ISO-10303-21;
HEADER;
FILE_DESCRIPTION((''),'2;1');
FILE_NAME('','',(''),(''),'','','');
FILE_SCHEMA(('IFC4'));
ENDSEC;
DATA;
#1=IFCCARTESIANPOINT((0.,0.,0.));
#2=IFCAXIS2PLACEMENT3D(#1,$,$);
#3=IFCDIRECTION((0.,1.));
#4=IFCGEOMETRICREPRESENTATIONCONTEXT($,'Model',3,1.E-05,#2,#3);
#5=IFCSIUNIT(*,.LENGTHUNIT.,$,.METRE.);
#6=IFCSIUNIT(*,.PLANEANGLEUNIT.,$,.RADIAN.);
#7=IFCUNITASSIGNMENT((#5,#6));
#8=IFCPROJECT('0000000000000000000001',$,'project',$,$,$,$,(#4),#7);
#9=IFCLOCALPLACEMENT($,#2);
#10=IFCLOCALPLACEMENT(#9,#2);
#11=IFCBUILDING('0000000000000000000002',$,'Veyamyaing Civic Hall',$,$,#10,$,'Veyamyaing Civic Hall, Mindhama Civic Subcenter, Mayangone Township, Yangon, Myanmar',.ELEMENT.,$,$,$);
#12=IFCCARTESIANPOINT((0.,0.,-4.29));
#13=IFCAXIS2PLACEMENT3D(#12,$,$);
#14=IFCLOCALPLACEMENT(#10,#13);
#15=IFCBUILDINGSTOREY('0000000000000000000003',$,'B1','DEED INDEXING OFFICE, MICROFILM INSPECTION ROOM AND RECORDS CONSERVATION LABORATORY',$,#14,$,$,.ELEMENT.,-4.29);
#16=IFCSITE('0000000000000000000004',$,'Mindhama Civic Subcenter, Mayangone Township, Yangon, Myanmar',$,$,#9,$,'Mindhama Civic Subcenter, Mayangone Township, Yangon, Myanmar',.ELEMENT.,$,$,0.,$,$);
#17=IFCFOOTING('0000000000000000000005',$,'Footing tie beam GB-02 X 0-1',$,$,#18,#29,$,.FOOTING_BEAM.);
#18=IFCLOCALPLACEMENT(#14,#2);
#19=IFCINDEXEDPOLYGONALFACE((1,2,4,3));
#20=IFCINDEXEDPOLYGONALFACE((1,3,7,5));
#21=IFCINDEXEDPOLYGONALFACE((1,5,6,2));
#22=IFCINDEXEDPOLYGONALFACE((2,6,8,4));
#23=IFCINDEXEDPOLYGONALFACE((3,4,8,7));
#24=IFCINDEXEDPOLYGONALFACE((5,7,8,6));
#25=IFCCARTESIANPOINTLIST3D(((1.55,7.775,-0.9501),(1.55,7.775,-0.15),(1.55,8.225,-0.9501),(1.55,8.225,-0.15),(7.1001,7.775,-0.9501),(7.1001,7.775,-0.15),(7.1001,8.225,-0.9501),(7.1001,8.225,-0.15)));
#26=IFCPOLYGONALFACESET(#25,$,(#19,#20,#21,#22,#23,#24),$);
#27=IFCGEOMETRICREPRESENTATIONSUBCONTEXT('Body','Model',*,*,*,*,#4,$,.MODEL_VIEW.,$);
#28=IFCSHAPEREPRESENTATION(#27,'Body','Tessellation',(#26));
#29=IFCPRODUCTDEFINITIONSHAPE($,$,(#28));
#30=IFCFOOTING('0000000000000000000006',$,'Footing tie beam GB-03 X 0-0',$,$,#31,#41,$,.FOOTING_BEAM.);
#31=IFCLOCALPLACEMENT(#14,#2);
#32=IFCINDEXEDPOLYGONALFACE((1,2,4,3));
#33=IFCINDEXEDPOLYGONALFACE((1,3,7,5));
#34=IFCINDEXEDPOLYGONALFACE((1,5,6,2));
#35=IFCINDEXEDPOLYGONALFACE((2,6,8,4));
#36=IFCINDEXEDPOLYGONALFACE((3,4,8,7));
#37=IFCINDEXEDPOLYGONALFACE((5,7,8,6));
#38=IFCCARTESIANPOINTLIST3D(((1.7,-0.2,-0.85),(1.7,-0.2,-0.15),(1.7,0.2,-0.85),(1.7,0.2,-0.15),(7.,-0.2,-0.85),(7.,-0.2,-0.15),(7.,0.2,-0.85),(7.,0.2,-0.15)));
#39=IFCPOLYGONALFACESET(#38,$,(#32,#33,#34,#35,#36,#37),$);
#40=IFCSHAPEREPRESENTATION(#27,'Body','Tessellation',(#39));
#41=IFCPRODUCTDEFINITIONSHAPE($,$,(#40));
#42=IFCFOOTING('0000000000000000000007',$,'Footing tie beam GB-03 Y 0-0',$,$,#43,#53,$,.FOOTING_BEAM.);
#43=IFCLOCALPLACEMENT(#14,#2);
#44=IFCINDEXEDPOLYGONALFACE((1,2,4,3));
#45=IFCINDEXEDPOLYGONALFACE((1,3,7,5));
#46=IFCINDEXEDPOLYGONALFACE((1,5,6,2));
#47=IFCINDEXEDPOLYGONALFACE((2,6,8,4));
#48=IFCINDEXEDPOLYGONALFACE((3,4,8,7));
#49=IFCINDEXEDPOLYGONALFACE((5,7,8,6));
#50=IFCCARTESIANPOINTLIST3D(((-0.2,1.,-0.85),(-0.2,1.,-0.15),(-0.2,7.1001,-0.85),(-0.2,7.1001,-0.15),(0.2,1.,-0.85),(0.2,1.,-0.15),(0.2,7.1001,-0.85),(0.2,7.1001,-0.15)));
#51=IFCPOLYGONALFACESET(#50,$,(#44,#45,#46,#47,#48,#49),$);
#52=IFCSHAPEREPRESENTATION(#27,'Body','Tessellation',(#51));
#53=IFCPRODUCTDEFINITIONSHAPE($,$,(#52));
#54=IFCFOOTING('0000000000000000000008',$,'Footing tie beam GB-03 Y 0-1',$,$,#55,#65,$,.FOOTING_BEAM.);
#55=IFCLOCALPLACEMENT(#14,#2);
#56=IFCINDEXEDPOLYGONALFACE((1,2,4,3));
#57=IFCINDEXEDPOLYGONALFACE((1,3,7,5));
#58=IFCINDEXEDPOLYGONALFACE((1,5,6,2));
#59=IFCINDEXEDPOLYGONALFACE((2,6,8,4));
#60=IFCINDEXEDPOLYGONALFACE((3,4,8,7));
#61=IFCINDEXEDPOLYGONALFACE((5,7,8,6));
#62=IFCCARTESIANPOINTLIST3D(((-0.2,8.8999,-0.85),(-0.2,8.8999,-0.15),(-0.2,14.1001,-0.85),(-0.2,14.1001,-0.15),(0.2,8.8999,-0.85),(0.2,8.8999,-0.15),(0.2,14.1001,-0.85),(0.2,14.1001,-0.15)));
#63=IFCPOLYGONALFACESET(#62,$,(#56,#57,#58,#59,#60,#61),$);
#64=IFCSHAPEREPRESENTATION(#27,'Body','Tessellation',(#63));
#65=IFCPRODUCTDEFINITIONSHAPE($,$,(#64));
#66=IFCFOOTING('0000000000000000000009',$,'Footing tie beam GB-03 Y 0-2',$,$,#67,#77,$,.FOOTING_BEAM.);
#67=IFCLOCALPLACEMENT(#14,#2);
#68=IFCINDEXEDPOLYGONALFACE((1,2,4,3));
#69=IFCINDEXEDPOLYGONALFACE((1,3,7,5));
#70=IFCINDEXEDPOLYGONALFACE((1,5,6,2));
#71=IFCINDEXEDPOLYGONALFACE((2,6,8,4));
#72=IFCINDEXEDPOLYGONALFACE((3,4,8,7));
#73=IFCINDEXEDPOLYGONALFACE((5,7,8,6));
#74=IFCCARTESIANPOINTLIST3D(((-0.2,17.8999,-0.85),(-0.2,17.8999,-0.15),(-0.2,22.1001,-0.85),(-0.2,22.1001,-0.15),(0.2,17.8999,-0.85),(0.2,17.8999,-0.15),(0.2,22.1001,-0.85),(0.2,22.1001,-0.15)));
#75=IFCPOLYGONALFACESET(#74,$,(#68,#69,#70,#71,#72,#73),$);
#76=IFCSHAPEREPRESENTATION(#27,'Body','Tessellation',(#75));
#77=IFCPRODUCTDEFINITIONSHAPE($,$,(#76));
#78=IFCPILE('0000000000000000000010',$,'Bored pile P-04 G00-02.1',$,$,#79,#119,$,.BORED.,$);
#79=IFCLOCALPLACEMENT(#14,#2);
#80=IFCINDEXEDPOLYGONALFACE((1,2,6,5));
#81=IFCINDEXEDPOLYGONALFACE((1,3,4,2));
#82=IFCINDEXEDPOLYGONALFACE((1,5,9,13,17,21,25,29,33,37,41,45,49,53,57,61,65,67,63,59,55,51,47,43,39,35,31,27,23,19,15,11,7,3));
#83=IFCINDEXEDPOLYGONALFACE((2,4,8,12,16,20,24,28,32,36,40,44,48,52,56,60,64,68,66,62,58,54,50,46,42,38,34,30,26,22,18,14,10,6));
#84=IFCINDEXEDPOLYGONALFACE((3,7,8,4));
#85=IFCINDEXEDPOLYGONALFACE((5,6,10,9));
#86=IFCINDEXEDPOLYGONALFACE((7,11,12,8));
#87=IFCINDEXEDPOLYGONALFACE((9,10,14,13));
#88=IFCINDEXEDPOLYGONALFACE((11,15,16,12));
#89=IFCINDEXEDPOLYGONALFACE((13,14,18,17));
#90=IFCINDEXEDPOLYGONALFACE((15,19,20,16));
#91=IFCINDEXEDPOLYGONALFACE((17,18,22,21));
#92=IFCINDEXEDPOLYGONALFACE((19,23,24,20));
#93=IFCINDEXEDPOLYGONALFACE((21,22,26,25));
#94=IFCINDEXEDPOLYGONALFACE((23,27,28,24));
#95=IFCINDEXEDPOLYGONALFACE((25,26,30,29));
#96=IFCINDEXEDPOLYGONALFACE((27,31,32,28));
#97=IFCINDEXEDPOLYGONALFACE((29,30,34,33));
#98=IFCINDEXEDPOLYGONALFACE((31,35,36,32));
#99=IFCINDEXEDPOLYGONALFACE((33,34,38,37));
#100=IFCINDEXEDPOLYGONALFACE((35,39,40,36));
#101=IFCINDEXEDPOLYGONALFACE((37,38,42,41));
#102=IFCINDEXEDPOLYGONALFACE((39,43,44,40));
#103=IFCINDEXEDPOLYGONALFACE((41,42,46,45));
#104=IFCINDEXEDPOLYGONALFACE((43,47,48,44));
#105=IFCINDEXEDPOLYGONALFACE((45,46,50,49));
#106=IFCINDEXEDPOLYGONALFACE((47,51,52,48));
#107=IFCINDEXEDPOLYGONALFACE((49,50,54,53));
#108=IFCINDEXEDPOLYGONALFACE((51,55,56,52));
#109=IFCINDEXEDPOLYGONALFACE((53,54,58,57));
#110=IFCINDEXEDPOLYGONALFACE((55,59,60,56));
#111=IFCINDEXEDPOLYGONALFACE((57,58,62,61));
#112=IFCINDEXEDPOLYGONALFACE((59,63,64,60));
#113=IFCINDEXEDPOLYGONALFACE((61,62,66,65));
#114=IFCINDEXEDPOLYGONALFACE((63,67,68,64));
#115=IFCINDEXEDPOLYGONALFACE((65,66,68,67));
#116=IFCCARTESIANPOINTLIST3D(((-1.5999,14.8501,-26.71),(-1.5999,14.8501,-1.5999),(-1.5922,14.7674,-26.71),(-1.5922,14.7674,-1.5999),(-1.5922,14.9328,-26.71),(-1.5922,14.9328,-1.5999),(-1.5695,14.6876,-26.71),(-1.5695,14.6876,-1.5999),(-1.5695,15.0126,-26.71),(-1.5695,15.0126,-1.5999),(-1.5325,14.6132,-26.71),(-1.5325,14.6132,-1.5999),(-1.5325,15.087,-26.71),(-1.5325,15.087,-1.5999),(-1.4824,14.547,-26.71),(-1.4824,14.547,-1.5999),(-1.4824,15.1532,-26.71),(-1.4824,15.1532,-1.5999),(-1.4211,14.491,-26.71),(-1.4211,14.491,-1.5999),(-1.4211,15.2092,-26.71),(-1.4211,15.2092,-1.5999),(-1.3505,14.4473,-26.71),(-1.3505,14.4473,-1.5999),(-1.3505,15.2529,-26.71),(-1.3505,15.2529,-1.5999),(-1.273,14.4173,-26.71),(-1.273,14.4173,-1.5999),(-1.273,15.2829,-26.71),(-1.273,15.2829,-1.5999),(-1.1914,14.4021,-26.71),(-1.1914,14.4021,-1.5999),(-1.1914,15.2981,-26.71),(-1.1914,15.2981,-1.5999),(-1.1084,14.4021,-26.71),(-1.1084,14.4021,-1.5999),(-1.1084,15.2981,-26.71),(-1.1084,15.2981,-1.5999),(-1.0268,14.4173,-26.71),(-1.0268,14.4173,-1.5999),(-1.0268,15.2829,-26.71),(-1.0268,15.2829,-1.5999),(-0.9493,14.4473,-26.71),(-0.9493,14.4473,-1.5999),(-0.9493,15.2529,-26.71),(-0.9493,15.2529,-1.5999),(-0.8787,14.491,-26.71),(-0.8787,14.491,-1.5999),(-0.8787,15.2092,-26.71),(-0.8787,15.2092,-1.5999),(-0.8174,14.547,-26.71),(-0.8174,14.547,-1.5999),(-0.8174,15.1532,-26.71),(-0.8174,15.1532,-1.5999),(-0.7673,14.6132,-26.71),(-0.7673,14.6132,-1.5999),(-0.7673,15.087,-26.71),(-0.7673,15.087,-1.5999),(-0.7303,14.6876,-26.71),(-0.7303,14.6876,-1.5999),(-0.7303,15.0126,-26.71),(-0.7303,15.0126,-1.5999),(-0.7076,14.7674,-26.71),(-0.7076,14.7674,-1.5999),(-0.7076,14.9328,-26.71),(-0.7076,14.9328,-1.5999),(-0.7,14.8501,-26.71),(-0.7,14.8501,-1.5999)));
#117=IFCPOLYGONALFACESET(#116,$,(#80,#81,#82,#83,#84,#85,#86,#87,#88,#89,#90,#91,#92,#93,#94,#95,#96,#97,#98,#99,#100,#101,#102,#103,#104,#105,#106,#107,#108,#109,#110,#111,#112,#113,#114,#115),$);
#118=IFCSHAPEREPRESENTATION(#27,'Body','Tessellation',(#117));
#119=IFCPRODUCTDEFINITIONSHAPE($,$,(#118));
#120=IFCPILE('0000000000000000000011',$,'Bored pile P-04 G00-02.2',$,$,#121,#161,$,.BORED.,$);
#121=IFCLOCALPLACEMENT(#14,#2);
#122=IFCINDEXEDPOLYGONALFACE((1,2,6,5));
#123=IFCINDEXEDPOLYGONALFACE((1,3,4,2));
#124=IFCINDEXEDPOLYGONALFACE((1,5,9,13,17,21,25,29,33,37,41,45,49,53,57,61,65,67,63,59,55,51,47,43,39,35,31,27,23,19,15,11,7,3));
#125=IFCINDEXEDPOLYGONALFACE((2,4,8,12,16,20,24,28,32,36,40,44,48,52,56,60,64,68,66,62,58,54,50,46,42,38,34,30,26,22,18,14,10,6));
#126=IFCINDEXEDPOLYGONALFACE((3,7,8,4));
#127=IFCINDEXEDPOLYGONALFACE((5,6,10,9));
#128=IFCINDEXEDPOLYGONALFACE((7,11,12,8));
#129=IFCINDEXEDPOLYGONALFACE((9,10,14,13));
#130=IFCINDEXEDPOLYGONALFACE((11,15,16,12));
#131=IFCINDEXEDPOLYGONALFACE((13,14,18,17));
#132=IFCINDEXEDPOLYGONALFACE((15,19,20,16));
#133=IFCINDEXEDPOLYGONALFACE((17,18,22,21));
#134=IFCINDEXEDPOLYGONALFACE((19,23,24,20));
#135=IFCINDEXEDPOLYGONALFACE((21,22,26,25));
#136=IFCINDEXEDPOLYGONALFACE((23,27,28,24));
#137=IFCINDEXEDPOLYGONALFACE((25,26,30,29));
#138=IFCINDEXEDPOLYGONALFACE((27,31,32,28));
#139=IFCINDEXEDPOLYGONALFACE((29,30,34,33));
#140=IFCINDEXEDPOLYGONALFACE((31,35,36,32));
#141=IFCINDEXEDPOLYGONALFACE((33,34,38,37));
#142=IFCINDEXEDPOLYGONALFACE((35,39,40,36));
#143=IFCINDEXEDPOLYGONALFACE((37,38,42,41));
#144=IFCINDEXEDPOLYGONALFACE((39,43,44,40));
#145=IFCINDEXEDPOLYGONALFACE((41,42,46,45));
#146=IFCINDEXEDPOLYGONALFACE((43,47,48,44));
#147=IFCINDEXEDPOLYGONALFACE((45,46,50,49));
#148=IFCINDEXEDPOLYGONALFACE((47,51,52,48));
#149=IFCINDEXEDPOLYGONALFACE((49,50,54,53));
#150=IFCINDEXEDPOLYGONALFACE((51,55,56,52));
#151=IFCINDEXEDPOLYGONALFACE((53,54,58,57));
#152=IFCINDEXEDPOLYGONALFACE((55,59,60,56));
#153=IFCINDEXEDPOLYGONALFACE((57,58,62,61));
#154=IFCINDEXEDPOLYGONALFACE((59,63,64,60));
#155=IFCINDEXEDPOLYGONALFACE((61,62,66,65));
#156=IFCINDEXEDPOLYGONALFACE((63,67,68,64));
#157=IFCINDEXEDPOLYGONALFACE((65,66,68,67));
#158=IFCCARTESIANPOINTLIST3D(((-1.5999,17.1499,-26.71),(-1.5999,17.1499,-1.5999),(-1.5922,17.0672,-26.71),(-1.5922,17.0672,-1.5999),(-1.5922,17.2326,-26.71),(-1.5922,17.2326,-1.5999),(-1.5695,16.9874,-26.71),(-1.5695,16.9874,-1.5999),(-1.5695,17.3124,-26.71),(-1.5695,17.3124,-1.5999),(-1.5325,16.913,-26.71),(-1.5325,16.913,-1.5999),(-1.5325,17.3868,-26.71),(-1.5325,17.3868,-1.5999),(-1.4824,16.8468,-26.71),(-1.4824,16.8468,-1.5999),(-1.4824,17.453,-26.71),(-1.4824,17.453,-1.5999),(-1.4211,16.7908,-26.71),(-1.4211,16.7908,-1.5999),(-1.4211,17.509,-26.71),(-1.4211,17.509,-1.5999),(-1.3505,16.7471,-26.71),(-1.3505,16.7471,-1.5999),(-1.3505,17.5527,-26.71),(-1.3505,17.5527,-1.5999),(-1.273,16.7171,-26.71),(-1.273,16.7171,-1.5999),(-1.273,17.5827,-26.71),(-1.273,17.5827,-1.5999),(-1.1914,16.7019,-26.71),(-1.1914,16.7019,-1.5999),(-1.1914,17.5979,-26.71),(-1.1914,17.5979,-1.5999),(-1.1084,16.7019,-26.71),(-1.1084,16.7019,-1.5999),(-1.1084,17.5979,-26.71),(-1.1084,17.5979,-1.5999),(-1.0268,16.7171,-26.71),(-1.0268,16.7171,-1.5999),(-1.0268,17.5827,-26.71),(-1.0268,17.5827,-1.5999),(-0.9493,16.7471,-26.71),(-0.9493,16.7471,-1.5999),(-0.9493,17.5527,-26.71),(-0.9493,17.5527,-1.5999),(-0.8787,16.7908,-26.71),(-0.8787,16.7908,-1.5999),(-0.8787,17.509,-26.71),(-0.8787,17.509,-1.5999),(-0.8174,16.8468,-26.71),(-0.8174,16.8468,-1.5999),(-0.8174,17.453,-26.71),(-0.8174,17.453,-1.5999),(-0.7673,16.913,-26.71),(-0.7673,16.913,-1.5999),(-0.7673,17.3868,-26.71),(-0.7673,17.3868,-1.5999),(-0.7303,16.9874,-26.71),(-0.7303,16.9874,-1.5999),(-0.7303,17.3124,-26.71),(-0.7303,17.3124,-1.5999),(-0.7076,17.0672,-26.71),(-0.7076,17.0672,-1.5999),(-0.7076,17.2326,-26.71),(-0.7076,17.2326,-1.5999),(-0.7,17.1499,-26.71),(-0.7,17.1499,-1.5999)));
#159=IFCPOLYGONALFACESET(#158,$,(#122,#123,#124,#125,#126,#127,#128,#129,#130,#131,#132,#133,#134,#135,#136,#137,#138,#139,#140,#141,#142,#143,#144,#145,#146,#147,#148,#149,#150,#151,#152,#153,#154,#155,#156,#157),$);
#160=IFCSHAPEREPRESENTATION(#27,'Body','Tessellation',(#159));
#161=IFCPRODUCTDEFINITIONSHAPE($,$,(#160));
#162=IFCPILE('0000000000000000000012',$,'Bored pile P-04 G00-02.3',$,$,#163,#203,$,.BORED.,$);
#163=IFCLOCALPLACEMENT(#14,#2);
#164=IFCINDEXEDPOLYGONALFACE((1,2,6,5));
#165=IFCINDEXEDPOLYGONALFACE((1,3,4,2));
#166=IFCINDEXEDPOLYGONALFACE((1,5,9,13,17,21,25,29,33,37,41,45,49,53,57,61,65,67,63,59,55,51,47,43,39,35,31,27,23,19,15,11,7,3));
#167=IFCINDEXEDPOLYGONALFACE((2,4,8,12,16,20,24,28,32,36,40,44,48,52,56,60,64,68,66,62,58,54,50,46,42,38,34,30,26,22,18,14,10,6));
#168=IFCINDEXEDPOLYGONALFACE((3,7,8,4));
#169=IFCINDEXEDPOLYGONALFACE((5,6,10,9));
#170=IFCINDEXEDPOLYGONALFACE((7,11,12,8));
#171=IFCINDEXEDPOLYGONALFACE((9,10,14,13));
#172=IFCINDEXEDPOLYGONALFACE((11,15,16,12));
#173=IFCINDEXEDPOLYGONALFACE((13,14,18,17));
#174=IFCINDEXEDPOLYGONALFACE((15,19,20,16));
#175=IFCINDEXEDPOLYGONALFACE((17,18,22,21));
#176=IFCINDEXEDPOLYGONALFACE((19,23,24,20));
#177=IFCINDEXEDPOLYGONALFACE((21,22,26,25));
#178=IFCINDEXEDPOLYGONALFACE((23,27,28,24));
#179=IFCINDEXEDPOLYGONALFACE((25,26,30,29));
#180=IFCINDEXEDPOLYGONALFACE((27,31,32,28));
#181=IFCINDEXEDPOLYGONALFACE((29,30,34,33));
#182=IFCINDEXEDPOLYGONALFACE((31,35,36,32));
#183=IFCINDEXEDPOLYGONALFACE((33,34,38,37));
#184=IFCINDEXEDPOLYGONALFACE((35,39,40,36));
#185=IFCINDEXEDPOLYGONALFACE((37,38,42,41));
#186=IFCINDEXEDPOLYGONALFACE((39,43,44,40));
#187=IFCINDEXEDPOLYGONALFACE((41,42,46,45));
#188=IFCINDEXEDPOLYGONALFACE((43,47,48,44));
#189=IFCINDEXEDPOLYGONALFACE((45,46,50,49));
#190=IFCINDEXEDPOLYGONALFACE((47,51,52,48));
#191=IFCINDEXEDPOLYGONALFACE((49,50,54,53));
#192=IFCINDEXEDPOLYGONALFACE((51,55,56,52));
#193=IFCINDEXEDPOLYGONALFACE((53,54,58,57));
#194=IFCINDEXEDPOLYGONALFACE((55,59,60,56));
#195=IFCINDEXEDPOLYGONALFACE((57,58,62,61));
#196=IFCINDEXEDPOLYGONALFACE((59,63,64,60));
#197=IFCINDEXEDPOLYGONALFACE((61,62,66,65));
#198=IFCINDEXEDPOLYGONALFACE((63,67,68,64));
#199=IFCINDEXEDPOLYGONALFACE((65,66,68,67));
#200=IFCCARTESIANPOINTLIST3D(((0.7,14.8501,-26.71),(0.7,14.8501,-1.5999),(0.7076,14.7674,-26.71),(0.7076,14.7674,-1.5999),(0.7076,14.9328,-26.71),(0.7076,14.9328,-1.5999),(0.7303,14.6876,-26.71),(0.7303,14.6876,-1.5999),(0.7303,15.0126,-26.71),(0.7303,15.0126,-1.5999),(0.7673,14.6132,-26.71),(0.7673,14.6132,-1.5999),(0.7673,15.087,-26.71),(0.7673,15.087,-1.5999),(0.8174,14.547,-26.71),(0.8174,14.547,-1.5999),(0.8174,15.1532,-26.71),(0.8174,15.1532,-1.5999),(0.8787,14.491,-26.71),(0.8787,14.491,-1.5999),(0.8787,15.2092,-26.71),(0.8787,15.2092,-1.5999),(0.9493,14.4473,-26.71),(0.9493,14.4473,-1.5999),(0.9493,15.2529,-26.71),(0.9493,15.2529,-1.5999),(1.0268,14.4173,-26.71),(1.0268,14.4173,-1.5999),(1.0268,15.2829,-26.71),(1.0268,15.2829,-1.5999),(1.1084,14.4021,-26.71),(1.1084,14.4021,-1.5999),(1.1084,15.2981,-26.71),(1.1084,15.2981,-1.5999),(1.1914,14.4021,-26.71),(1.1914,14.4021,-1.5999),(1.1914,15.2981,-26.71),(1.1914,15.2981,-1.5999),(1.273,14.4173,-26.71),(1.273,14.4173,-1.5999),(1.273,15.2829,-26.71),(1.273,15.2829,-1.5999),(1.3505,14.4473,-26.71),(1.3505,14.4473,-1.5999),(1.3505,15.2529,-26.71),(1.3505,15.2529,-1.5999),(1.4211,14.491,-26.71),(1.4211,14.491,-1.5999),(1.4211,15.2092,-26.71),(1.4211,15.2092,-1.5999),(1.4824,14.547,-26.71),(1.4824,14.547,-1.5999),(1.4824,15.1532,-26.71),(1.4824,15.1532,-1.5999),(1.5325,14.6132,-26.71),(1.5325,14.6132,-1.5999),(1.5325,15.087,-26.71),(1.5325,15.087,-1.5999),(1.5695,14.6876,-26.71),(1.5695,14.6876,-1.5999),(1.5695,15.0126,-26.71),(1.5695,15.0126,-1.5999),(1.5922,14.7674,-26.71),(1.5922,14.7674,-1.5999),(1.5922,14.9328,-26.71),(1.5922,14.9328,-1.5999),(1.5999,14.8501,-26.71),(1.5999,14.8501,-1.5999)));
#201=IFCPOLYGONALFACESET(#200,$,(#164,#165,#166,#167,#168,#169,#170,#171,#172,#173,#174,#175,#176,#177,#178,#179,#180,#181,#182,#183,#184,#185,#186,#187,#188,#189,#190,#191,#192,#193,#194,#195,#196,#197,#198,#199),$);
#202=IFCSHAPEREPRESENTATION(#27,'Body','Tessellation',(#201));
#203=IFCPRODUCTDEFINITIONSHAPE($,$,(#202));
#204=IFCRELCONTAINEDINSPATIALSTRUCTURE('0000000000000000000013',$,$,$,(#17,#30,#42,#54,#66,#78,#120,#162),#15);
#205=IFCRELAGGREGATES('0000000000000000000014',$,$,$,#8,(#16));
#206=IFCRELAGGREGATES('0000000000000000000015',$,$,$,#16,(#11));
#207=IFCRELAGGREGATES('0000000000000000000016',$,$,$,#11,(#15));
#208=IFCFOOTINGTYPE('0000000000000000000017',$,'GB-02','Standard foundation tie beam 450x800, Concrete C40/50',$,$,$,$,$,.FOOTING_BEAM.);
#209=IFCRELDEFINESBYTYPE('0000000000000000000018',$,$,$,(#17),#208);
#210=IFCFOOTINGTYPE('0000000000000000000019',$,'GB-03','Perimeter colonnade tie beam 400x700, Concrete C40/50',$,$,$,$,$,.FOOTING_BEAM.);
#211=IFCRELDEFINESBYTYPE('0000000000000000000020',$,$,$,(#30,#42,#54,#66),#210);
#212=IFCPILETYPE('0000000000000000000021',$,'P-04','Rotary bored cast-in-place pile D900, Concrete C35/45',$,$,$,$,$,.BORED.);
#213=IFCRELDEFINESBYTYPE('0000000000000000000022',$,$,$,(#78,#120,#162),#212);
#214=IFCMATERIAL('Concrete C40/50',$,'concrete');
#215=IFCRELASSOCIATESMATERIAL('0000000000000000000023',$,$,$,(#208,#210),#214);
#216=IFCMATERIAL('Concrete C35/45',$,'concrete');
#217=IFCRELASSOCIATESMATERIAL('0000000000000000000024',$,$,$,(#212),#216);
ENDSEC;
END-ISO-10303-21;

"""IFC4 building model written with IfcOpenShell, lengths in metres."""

from ifc_helpers import new_model, si_unit, direction, frame, origin, origin_2d, place, context, subcontext, project, spatial, rectangle, circle, extrude, material, material_profile, profile_set, type_object, element, save


model = new_model("IFC4")

# Units and contexts
model_context = context("Model", 3, precision=1e-05, world=origin(), true_north=direction((0.0, 1.0)))
body_context = subcontext(model_context, "Body", "Model", "MODEL_VIEW")
ifc_project = project(units=[si_unit("LENGTHUNIT", "METRE"), si_unit("PLANEANGLEUNIT", "RADIAN")], contexts=[model_context])

# Site, building, storey
site_placement = place(None, origin())
site = spatial("IfcSite", under=ifc_project, at=site_placement, Name="Mindhama Civic Subcenter, Mayangone Township, Yangon, Myanmar", LongName="Mindhama Civic Subcenter, Mayangone Township, Yangon, Myanmar", CompositionType="ELEMENT", RefElevation=0.0)
building_placement = place(site_placement, origin())
building = spatial("IfcBuilding", under=site, at=building_placement, Name="Veyamyaing Civic Hall", LongName="Veyamyaing Civic Hall, Mindhama Civic Subcenter, Mayangone Township, Yangon, Myanmar", CompositionType="ELEMENT")
storey_placement = place(building_placement, frame((0.0, 0.0, -4.29)))
storey = spatial("IfcBuildingStorey", under=building, at=storey_placement, Name="B1", Description="DEED INDEXING OFFICE, MICROFILM INSPECTION ROOM AND RECORDS CONSERVATION LABORATORY", CompositionType="ELEMENT", Elevation=-4.29)

# Footings
ifc_material_1 = material(Name="Concrete C40/50", Category="concrete")
ifc_material_profile_1 = material_profile(ifc_material_1, rectangle(XDim=0.45, YDim=0.8, at=origin_2d()), Name="GB-450X800")
ifc_profile_set_1 = profile_set([ifc_material_profile_1], Name="Concrete C40/50")
footing_type_1 = type_object("IfcFootingType", Name="GB-02", Description="Standard foundation tie beam 450x800, Concrete C40/50", PredefinedType="FOOTING_BEAM", material=ifc_profile_set_1)
footing_1_placement = place(storey_placement, frame((1.55, 8.0, -0.55), z_axis=(1.0, 0.0, 0.0), x_axis=(0.0, 1.0, 0.0)))
element("IfcFooting", 1, at=footing_1_placement, inside=storey, type_object=footing_type_1, Name="Footing tie beam GB-02 X 0-1", PredefinedType="FOOTING_BEAM", context=body_context, shape_type="SweptSolid", body=[
    extrude(rectangle(XDim=0.45, YDim=0.8, at=origin_2d()), origin(), (0.0, 0.0, 1.0), 5.55),
])
ifc_material_profile_2 = material_profile(ifc_material_1, rectangle(XDim=0.3999, YDim=0.7, at=origin_2d()), Name="GB-400X700")
ifc_profile_set_2 = profile_set([ifc_material_profile_2], Name="Concrete C40/50")
footing_type_2 = type_object("IfcFootingType", Name="GB-03", Description="Perimeter colonnade tie beam 400x700, Concrete C40/50", PredefinedType="FOOTING_BEAM", material=ifc_profile_set_2)
footing_2_placement = place(storey_placement, frame((1.7, 0.0, -0.5), z_axis=(1.0, 0.0, 0.0), x_axis=(0.0, 1.0, 0.0)))
element("IfcFooting", 2, at=footing_2_placement, inside=storey, type_object=footing_type_2, Name="Footing tie beam GB-03 X 0-0", PredefinedType="FOOTING_BEAM", context=body_context, shape_type="SweptSolid", body=[
    extrude(rectangle(XDim=0.3999, YDim=0.7, at=origin_2d()), origin(), (0.0, 0.0, 1.0), 5.3),
])
footing_3_placement = place(storey_placement, frame((0.0, 1.0, -0.5), z_axis=(0.0, 1.0, 0.0), x_axis=(-1.0, 0.0, 0.0)))
element("IfcFooting", 3, at=footing_3_placement, inside=storey, type_object=footing_type_2, Name="Footing tie beam GB-03 Y 0-0", PredefinedType="FOOTING_BEAM", context=body_context, shape_type="SweptSolid", body=[
    extrude(rectangle(XDim=0.3999, YDim=0.7, at=origin_2d()), origin(), (0.0, 0.0, 1.0), 6.1001),
])
footing_4_placement = place(storey_placement, frame((0.0, 8.8999, -0.5), z_axis=(0.0, 1.0, 0.0), x_axis=(-1.0, 0.0, 0.0)))
element("IfcFooting", 4, at=footing_4_placement, inside=storey, type_object=footing_type_2, Name="Footing tie beam GB-03 Y 0-1", PredefinedType="FOOTING_BEAM", context=body_context, shape_type="SweptSolid", body=[
    extrude(rectangle(XDim=0.3999, YDim=0.7, at=origin_2d()), origin(), (0.0, 0.0, 1.0), 5.2002),
])
footing_5_placement = place(storey_placement, frame((0.0, 17.8999, -0.5), z_axis=(0.0, 1.0, 0.0), x_axis=(-1.0, 0.0, 0.0)))
element("IfcFooting", 5, at=footing_5_placement, inside=storey, type_object=footing_type_2, Name="Footing tie beam GB-03 Y 0-2", PredefinedType="FOOTING_BEAM", context=body_context, shape_type="SweptSolid", body=[
    extrude(rectangle(XDim=0.3999, YDim=0.7, at=origin_2d()), origin(), (0.0, 0.0, 1.0), 4.2002),
])

# Piles
ifc_material_2 = material(Name="Concrete C35/45", Category="concrete")
ifc_material_profile_3 = material_profile(ifc_material_2, circle(Radius=0.45, at=origin_2d()), Name="PILE-D900")
ifc_profile_set_3 = profile_set([ifc_material_profile_3], Name="Concrete C35/45")
pile_type_1 = type_object("IfcPileType", Name="P-04", Description="Rotary bored cast-in-place pile D900, Concrete C35/45", PredefinedType="BORED", material=ifc_profile_set_3)
for number, where, z_axis, x_axis, name in (
    (6, (-1.1499, 14.8501, -1.5999), (0.0, 0.0, -1.0), (1.0, 0.0, 0.0), "Bored pile P-04 G00-02.1"),
    (7, (-1.1499, 17.1499, -1.5999), (0.0, 0.0, -1.0), (1.0, 0.0, 0.0), "Bored pile P-04 G00-02.2"),
    (8, (1.1499, 14.8501, -1.5999), (0.0, 0.0, -1.0), (1.0, 0.0, 0.0), "Bored pile P-04 G00-02.3"),
):
    element("IfcPile", number, at=place(storey_placement, frame(where, z_axis=z_axis, x_axis=x_axis)), inside=storey, type_object=pile_type_1, Name=name, PredefinedType="BORED", context=body_context, shape_type="SweptSolid", body=[
        extrude(circle(Radius=0.45, at=origin_2d()), origin(), (0.0, 0.0, 1.0), 25.1101),
    ])

save(model, "model.ifc")
